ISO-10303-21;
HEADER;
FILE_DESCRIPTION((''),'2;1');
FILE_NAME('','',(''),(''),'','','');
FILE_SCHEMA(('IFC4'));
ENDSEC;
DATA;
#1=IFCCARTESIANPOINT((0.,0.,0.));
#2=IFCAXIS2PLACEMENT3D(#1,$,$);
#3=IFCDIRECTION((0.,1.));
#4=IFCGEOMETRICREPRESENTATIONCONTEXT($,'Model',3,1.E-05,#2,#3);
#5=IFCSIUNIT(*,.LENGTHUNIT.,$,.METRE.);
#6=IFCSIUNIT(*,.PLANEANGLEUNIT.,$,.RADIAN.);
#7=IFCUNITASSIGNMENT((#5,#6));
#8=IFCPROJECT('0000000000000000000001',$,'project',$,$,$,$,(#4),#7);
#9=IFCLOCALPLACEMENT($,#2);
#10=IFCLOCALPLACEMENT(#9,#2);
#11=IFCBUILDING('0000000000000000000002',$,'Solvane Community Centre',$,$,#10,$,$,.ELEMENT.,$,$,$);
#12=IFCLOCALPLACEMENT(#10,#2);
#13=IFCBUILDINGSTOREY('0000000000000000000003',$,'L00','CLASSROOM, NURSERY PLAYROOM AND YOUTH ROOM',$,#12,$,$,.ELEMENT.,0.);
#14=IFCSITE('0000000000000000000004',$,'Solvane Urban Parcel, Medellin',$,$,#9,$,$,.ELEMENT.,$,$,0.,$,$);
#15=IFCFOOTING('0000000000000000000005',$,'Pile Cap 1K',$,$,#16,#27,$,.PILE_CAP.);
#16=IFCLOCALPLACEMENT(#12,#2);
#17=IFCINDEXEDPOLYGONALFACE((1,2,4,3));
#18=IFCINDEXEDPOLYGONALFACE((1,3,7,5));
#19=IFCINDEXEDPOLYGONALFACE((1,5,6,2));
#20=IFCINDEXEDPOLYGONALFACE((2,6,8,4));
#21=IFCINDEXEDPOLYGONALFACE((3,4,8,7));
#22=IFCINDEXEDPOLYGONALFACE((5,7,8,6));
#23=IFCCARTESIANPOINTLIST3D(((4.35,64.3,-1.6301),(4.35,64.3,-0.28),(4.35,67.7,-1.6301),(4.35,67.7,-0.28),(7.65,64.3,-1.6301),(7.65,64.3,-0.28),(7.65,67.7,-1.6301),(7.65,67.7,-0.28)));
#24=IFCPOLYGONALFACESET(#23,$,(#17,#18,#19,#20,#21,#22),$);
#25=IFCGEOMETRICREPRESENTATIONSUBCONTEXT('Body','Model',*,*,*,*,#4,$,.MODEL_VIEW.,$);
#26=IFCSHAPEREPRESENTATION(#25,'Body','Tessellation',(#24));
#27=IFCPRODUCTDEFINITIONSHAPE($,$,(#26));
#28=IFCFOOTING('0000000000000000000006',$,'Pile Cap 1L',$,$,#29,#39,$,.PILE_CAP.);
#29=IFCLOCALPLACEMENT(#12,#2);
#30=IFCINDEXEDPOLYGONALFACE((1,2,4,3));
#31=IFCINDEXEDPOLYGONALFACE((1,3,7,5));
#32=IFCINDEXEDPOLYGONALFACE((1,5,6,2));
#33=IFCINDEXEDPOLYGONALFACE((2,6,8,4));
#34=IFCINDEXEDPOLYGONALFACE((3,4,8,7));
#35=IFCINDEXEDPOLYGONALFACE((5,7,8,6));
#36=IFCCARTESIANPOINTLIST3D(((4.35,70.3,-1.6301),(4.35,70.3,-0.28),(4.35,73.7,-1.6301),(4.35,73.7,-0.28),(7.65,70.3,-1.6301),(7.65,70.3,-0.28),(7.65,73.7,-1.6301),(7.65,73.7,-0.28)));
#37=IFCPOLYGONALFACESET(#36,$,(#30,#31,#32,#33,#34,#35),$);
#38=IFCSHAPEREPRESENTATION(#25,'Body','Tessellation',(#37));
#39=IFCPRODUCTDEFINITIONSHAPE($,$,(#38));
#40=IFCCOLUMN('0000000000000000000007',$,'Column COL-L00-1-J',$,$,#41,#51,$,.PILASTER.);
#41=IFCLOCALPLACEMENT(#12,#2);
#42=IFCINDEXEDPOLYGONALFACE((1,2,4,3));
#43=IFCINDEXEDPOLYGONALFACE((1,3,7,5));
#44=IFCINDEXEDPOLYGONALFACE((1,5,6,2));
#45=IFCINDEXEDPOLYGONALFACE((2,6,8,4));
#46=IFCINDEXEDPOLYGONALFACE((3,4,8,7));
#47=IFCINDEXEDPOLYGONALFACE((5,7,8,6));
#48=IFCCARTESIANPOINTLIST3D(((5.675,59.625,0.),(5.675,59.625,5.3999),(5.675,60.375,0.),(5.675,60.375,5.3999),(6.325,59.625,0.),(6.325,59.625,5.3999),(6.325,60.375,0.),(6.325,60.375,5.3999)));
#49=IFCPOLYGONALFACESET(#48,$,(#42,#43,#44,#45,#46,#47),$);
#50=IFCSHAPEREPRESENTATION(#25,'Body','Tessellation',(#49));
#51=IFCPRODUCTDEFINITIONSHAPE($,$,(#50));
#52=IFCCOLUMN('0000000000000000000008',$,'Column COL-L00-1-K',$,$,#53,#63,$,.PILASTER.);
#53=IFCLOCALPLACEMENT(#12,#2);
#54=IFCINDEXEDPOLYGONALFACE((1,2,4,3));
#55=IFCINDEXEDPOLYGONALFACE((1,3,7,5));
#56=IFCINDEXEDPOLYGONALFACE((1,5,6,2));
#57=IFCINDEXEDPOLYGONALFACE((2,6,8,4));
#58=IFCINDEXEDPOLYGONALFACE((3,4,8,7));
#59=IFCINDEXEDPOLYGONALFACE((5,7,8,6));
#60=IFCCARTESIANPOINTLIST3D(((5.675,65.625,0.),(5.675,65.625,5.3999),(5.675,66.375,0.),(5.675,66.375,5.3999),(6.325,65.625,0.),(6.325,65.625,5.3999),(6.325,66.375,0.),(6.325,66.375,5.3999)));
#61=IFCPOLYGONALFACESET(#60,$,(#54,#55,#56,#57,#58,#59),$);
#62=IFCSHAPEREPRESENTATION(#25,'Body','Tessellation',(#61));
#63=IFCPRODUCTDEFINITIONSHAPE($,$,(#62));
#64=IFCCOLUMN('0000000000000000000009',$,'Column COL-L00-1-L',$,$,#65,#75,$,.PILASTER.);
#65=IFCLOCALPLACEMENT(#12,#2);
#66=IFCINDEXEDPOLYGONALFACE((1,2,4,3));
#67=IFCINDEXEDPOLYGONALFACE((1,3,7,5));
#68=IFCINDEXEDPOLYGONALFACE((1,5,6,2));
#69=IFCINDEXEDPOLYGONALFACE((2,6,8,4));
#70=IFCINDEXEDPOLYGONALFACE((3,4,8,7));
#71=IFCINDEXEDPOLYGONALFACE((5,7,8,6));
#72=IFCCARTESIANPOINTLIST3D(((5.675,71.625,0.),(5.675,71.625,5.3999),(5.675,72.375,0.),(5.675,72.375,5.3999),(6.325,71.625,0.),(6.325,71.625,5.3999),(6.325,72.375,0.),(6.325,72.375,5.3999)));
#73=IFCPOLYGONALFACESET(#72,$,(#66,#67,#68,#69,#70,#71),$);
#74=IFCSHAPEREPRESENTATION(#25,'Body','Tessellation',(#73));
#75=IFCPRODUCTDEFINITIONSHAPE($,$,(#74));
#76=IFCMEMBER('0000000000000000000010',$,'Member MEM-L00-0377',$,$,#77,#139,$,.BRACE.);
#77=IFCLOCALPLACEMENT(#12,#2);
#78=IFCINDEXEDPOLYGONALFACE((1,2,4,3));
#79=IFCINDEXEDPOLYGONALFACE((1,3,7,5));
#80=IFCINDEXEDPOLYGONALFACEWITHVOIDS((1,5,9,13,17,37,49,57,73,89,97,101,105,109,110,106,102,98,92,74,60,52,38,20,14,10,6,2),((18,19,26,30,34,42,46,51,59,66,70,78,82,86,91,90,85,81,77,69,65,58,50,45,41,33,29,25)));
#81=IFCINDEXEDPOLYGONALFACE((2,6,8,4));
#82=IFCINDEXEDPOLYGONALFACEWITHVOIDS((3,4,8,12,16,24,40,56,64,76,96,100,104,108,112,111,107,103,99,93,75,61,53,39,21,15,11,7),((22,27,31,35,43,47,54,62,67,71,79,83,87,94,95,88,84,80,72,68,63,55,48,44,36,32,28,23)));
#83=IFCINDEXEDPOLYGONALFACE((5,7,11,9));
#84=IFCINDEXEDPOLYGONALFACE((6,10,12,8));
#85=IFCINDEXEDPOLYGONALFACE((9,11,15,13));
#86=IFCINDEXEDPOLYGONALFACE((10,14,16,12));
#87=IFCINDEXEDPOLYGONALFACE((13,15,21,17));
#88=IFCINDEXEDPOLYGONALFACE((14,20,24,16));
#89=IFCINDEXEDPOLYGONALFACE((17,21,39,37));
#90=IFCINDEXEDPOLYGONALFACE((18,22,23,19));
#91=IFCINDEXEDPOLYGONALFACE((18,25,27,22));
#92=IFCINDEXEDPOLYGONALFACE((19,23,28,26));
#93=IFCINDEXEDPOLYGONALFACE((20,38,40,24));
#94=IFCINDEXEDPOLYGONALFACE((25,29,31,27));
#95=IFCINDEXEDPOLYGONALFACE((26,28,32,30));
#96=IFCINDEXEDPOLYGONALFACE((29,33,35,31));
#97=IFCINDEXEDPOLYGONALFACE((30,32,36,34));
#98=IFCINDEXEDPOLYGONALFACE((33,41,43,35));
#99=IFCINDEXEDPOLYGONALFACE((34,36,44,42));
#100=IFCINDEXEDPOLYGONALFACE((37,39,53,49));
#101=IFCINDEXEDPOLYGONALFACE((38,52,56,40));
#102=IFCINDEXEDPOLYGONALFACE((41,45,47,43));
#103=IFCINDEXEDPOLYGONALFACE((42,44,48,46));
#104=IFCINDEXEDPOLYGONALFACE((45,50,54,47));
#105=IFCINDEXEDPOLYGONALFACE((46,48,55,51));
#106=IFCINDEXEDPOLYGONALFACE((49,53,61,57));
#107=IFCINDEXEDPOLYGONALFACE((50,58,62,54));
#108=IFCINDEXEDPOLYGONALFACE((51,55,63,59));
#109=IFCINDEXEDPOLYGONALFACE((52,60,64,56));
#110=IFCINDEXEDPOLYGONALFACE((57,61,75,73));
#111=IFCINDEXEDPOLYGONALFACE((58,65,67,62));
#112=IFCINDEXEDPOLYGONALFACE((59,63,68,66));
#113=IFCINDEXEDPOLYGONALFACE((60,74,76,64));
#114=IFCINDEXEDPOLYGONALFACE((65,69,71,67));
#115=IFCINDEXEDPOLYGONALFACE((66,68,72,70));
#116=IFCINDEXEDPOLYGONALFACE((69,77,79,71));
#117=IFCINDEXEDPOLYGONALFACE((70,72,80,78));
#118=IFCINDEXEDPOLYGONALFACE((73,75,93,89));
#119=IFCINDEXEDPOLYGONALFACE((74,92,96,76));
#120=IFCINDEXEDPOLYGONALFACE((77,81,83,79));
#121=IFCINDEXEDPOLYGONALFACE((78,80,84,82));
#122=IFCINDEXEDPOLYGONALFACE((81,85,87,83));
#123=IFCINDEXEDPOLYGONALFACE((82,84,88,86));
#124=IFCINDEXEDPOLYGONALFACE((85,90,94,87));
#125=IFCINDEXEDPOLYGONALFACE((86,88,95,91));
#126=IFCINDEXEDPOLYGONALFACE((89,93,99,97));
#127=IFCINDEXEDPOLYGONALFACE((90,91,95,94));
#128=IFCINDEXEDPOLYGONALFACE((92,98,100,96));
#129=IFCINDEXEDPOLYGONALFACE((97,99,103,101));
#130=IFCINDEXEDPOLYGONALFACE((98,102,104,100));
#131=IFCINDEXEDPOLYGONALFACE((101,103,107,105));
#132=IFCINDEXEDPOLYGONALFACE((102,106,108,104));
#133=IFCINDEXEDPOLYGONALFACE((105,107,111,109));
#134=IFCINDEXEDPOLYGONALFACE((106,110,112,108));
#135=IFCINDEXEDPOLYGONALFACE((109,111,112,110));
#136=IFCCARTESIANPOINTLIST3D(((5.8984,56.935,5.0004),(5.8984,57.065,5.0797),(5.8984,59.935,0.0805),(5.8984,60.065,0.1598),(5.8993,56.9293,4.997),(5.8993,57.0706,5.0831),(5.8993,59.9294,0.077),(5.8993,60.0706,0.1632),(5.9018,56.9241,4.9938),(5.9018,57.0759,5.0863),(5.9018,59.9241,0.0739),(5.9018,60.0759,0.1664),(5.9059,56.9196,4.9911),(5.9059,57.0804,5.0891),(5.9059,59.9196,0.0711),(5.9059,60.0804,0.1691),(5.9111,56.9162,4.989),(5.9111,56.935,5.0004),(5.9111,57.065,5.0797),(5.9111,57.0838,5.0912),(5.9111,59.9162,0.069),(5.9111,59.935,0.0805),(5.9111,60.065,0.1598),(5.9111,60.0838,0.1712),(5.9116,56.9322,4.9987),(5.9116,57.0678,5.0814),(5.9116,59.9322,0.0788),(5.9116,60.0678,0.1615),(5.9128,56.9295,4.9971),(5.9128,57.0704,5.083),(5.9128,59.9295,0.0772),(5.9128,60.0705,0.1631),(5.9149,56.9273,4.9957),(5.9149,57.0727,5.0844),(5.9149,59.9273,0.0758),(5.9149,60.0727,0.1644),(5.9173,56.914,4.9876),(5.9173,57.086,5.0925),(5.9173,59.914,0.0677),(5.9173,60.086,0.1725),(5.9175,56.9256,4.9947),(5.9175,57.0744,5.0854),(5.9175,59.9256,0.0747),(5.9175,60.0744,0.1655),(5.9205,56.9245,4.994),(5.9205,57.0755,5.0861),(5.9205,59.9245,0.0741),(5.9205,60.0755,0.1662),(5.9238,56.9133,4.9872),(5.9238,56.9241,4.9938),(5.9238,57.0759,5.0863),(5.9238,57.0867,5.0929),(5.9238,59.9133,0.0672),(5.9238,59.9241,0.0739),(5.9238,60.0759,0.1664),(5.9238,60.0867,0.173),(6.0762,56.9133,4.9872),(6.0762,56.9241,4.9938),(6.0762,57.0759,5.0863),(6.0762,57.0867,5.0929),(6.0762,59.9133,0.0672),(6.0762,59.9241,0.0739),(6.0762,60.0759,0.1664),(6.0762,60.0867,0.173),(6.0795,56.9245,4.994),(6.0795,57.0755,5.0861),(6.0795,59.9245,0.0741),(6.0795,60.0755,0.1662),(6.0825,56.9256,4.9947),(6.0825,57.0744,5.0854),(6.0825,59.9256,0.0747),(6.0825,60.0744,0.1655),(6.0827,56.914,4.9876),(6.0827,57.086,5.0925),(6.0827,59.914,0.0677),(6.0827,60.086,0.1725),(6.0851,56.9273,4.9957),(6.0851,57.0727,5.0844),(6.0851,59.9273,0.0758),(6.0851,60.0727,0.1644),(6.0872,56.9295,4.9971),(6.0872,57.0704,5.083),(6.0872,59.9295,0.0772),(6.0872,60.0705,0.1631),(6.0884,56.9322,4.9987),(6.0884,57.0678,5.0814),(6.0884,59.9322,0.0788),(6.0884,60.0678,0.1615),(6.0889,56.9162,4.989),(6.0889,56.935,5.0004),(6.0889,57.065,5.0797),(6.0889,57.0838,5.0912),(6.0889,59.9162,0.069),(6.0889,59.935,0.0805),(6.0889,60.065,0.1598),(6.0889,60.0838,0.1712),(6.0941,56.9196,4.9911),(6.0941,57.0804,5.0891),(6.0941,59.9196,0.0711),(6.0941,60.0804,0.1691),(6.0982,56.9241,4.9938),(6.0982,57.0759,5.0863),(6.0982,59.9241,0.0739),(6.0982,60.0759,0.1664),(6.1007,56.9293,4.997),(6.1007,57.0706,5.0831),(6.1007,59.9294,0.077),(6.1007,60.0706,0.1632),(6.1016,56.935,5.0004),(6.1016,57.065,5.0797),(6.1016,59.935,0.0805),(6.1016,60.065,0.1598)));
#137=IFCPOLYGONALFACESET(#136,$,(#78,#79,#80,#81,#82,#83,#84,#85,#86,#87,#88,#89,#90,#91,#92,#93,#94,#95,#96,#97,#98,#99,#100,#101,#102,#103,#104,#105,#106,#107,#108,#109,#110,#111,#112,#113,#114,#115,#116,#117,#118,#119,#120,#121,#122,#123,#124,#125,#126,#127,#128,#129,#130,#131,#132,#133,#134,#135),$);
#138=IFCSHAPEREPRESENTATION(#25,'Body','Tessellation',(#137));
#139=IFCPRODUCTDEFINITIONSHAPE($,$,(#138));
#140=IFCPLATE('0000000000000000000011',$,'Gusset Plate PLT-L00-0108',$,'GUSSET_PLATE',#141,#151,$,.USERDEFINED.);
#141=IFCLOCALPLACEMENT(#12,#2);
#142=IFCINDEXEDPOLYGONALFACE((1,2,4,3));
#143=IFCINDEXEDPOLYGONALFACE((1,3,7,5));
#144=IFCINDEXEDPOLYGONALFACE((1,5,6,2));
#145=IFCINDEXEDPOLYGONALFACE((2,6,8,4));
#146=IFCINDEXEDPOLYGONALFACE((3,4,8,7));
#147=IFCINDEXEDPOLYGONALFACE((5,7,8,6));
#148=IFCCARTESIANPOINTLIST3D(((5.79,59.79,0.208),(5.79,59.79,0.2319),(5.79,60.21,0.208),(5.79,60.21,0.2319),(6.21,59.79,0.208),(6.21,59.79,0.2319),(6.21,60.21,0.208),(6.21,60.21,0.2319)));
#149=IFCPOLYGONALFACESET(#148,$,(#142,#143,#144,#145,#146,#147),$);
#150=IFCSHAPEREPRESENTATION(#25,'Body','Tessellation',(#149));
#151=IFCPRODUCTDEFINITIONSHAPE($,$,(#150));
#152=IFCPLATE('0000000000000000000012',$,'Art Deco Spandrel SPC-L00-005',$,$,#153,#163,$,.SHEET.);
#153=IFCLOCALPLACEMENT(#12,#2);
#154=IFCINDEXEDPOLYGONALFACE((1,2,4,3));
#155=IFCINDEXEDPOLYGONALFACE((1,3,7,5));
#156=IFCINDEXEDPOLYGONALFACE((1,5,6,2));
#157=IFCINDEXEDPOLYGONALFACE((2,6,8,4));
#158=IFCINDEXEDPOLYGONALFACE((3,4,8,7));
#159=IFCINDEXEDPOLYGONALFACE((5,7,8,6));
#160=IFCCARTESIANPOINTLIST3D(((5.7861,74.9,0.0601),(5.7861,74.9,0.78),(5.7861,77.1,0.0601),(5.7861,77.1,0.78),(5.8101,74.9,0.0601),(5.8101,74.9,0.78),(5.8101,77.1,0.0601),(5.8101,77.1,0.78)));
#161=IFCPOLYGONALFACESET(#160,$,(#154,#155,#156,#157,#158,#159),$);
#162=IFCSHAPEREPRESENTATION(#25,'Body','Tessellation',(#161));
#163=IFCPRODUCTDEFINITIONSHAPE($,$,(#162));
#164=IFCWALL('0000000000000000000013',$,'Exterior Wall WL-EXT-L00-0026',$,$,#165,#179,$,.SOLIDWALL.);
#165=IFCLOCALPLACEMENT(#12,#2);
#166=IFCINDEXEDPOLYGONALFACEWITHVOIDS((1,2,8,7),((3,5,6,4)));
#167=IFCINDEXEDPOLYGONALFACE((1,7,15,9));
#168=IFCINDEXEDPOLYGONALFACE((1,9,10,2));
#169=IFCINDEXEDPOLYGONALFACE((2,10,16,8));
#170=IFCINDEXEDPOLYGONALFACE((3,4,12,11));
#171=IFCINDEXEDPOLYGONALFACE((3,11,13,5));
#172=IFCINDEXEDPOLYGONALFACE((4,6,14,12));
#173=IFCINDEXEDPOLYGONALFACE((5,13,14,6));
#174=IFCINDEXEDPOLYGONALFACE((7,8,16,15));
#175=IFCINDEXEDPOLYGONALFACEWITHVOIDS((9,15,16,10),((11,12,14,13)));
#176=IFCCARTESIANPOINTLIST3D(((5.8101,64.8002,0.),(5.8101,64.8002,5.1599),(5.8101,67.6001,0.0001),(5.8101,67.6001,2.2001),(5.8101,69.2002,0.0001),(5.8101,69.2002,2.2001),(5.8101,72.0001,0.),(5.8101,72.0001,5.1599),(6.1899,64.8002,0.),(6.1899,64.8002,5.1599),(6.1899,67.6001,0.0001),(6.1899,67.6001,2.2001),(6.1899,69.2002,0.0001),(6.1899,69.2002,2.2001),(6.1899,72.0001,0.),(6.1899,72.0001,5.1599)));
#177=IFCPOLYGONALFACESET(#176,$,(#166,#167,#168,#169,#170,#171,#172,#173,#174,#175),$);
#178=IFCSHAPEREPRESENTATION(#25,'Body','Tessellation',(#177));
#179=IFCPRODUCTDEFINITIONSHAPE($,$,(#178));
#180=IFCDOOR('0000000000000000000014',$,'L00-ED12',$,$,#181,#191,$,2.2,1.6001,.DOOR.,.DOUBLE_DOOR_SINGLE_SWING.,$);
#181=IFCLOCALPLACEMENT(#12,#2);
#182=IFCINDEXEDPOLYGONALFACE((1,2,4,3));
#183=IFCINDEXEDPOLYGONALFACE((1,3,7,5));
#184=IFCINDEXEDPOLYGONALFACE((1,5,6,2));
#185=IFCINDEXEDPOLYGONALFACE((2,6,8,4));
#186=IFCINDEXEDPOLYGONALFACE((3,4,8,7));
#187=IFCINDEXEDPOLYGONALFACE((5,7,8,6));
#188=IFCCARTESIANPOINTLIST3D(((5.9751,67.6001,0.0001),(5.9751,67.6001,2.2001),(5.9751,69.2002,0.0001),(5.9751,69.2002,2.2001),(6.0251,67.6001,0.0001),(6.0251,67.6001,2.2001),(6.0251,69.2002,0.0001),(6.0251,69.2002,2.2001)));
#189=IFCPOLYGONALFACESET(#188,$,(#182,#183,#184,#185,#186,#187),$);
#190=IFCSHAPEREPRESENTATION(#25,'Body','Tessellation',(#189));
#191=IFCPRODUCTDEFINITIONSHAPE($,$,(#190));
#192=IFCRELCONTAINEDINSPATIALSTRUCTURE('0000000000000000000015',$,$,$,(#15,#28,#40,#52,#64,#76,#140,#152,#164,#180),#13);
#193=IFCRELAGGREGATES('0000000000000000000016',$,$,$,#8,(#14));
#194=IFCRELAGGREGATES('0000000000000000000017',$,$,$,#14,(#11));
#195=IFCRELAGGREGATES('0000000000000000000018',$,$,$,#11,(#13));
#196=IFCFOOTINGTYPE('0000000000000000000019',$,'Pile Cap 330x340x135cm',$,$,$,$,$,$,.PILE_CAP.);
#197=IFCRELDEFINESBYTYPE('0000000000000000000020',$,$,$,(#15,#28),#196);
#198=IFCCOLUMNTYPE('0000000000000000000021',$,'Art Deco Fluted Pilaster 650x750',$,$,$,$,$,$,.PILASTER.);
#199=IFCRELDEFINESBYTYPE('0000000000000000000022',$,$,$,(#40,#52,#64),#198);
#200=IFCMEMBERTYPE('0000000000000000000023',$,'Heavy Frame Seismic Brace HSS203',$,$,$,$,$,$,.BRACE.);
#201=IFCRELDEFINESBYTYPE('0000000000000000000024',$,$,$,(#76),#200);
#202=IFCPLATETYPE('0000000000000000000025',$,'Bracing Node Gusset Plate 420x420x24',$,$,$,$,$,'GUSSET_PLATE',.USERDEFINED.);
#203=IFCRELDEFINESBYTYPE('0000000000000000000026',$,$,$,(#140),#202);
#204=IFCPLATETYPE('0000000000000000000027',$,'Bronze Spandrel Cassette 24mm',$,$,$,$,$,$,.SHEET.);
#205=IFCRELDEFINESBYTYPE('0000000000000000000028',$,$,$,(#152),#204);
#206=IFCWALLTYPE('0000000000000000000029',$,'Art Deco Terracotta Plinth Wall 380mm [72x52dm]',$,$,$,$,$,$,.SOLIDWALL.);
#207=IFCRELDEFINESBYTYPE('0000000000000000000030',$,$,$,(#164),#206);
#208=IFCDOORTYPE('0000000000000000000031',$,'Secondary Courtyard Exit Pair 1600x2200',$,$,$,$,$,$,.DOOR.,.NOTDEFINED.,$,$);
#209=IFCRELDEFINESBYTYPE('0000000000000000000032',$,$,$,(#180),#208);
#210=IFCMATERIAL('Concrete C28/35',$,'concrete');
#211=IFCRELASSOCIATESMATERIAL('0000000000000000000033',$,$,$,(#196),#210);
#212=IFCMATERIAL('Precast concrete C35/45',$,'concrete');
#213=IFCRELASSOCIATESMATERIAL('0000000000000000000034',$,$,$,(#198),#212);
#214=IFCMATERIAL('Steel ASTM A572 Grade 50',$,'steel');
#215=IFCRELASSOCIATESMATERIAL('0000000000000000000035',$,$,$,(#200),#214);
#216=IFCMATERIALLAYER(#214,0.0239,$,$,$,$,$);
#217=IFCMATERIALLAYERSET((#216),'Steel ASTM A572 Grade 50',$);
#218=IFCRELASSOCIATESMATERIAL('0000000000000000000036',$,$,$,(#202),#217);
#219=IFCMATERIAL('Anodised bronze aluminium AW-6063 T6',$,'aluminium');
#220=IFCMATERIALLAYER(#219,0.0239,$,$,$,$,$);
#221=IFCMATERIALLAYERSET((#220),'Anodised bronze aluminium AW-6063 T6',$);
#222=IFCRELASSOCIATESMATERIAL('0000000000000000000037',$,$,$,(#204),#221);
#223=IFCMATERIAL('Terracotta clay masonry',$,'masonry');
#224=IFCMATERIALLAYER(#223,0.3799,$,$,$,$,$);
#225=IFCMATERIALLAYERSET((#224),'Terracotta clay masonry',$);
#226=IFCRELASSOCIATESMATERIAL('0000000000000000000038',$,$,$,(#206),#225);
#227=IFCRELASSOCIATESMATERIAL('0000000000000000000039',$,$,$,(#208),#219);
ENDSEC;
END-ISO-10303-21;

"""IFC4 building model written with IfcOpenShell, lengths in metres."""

from ifc_helpers import new_model, si_unit, direction, frame, frame_2d, origin, origin_2d, place, context, subcontext, project, spatial, rectangle, hollow_rectangle, extrude, material, layer, layer_set, material_profile, profile_set, type_object, element, fill, save


model = new_model("IFC4")

# Units and contexts
model_context = context("Model", 3, precision=1e-05, world=origin(), true_north=direction((0.0, 1.0)))
body_context = subcontext(model_context, "Body", "Model", "MODEL_VIEW")
ifc_project = project(units=[si_unit("LENGTHUNIT", "METRE"), si_unit("PLANEANGLEUNIT", "RADIAN")], contexts=[model_context])

# Site, building, storey
site_placement = place(None, origin())
site = spatial("IfcSite", under=ifc_project, at=site_placement, Name="Solvane Urban Parcel, Medellin", CompositionType="ELEMENT", RefElevation=0.0)
building_placement = place(site_placement, origin())
building = spatial("IfcBuilding", under=site, at=building_placement, Name="Solvane Community Centre", CompositionType="ELEMENT")
storey_placement = place(building_placement, origin())
storey = spatial("IfcBuildingStorey", under=building, at=storey_placement, Name="L00", Description="CLASSROOM, NURSERY PLAYROOM AND YOUTH ROOM", CompositionType="ELEMENT", Elevation=0.0)

# Shared definitions
ifc_material_1 = material(Name="Concrete C28/35", Category="concrete")

# Footings
footing_type = type_object("IfcFootingType", Name="Pile Cap 330x340x135cm", PredefinedType="PILE_CAP", material=ifc_material_1)
for number, where, z_axis, x_axis, name in (
    (1, (6.0, 66.0, -1.6301), (0.0, 0.0, 1.0), (1.0, 0.0, 0.0), "Pile Cap 1K"),
    (2, (6.0, 72.0, -1.6301), (0.0, 0.0, 1.0), (1.0, 0.0, 0.0), "Pile Cap 1L"),
):
    element("IfcFooting", number, at=place(storey_placement, frame(where, z_axis=z_axis, x_axis=x_axis)), inside=storey, type_object=footing_type, Name=name, PredefinedType="PILE_CAP", context=body_context, shape_type="SweptSolid", body=[
        extrude(rectangle(XDim=3.3, YDim=3.3999, at=origin_2d()), origin(), (0.0, 0.0, 1.0), 1.3501),
    ])

# Columns
ifc_material_2 = material(Name="Precast concrete C35/45", Category="concrete")
ifc_material_profile_1 = material_profile(ifc_material_2, rectangle(XDim=0.6499, YDim=0.75, at=origin_2d()), Name="RC 650x750")
ifc_profile_set_1 = profile_set([ifc_material_profile_1], Name="Precast concrete C35/45")
column_type = type_object("IfcColumnType", Name="Art Deco Fluted Pilaster 650x750", PredefinedType="PILASTER", material=ifc_profile_set_1)
for number, where, z_axis, x_axis, name in (
    (3, (6.0, 60.0, 0.0), (0.0, 0.0, 1.0), (1.0, 0.0, 0.0), "Column COL-L00-1-J"),
    (4, (6.0, 66.0, 0.0), (0.0, 0.0, 1.0), (1.0, 0.0, 0.0), "Column COL-L00-1-K"),
    (5, (6.0, 72.0, 0.0), (0.0, 0.0, 1.0), (1.0, 0.0, 0.0), "Column COL-L00-1-L"),
):
    element("IfcColumn", number, at=place(storey_placement, frame(where, z_axis=z_axis, x_axis=x_axis)), inside=storey, type_object=column_type, Name=name, PredefinedType="PILASTER", context=body_context, shape_type="SweptSolid", body=[
        extrude(rectangle(XDim=0.6499, YDim=0.75, at=origin_2d()), origin(), (0.0, 0.0, 1.0), 5.3999),
    ])

# Member
ifc_material_3 = material(Name="Steel ASTM A572 Grade 50", Category="steel")
ifc_material_profile_2 = material_profile(ifc_material_3, hollow_rectangle(XDim=0.2031, YDim=0.2031, WallThickness=0.0127, InnerFilletRadius=0.0127, OuterFilletRadius=0.0254, at=origin_2d()), Name="HSS 203x203x12.7")
ifc_profile_set_2 = profile_set([ifc_material_profile_2], Name="Steel ASTM A572 Grade 50")
member_type = type_object("IfcMemberType", Name="Heavy Frame Seismic Brace HSS203", PredefinedType="BRACE", material=ifc_profile_set_2)
member_placement = place(storey_placement, frame((6.0, 60.0, 0.1201), z_axis=(0.0, -0.520613, 0.853793), x_axis=(1.0, 0.0, 0.0)))
element("IfcMember", 6, at=member_placement, inside=storey, type_object=member_type, Name="Member MEM-L00-0377", PredefinedType="BRACE", context=body_context, shape_type="SweptSolid", body=[
    extrude(hollow_rectangle(XDim=0.2031, YDim=0.2031, WallThickness=0.0127, InnerFilletRadius=0.0127, OuterFilletRadius=0.0254, at=origin_2d()), origin(), (0.0, 0.0, 1.0), 5.7625),
])

# Plates
ifc_layer_1 = layer(ifc_material_3, 0.0239)
ifc_layer_set_1 = layer_set([ifc_layer_1], Name="Steel ASTM A572 Grade 50")
plate_type_1 = type_object("IfcPlateType", Name="Bracing Node Gusset Plate 420x420x24", ElementType="GUSSET_PLATE", PredefinedType="USERDEFINED", material=ifc_layer_set_1)
plate_1_placement = place(storey_placement, frame((6.0, 60.0, 0.208), z_axis=(0.0, 0.0, 1.0), x_axis=(1.0, 0.0, 0.0)))
element("IfcPlate", 7, at=plate_1_placement, inside=storey, type_object=plate_type_1, Name="Gusset Plate PLT-L00-0108", ObjectType="GUSSET_PLATE", PredefinedType="USERDEFINED", context=body_context, shape_type="SweptSolid", body=[
    extrude(rectangle(XDim=0.4199, YDim=0.4199, at=origin_2d()), origin(), (0.0, 0.0, 1.0), 0.0239),
])
ifc_material_4 = material(Name="Anodised bronze aluminium AW-6063 T6", Category="aluminium")
ifc_layer_2 = layer(ifc_material_4, 0.0239)
ifc_layer_set_2 = layer_set([ifc_layer_2], Name="Anodised bronze aluminium AW-6063 T6")
plate_type_2 = type_object("IfcPlateType", Name="Bronze Spandrel Cassette 24mm", PredefinedType="SHEET", material=ifc_layer_set_2)
plate_2_placement = place(storey_placement, frame((5.7981, 76.0, 0.0601), z_axis=(0.0, 0.0, 1.0), x_axis=(0.0, 1.0, 0.0)))
element("IfcPlate", 8, at=plate_2_placement, inside=storey, type_object=plate_type_2, Name="Art Deco Spandrel SPC-L00-005", PredefinedType="SHEET", context=body_context, shape_type="SweptSolid", body=[
    extrude(rectangle(XDim=2.2, YDim=0.0239, at=origin_2d()), origin(), (0.0, 0.0, 1.0), 0.72),
])

# Wall, opening, door
ifc_material_5 = material(Name="Terracotta clay masonry", Category="masonry")
ifc_layer_3 = layer(ifc_material_5, 0.3799)
ifc_layer_set_3 = layer_set([ifc_layer_3], Name="Terracotta clay masonry")
wall_type_1 = type_object("IfcWallType", Name="Art Deco Terracotta Plinth Wall 380mm [72x52dm]", PredefinedType="SOLIDWALL", material=ifc_layer_set_3)
wall_1_placement = place(storey_placement, frame((6.0, 64.8, 0.0), z_axis=(0.0, 0.0, 1.0), x_axis=(0.0, 1.0, 0.0)))
wall_1 = element("IfcWall", 9, at=wall_1_placement, inside=storey, type_object=wall_type_1, Name="Exterior Wall WL-EXT-L00-0026", PredefinedType="SOLIDWALL", context=body_context, shape_type="SweptSolid", body=[
    extrude(rectangle(XDim=7.2, YDim=0.3799, at=frame_2d((3.6001, 0.0))), origin(), (0.0, 0.0, 1.0), 5.1599),
])
opening_1_placement = place(wall_1_placement, frame((2.8, 0.0, 0.0)))
opening_1 = element("IfcOpeningElement", 10, at=opening_1_placement, cuts=wall_1, PredefinedType="OPENING", context=body_context, shape_type="SweptSolid", body=[
    extrude(rectangle(XDim=1.6001, YDim=2.2, at=frame_2d((0.8, 1.1001))), frame((0.0, 0.2, 0.0), z_axis=(0.0, -1.0, 0.0), x_axis=(1.0, 0.0, 0.0)), (0.0, 0.0, 1.0), 0.3999),
])
door_type = type_object("IfcDoorType", Name="Secondary Courtyard Exit Pair 1600x2200", OperationType="NOTDEFINED", PredefinedType="DOOR", material=ifc_material_4)
door_placement = place(opening_1_placement, origin())
door = element("IfcDoor", 11, at=door_placement, inside=storey, type_object=door_type, Name="L00-ED12", OperationType="DOUBLE_DOOR_SINGLE_SWING", OverallHeight=2.2, OverallWidth=1.6001, PredefinedType="DOOR", context=body_context, shape_type="SweptSolid", body=[
    extrude(rectangle(XDim=1.6001, YDim=2.2, at=frame_2d((0.8, 1.1001))), frame((0.0, 0.0249, 0.0), z_axis=(0.0, -1.0, 0.0), x_axis=(1.0, 0.0, 0.0)), (0.0, 0.0, 1.0), 0.05),
])
fill(opening_1, door)

save(model, "model.ifc")
